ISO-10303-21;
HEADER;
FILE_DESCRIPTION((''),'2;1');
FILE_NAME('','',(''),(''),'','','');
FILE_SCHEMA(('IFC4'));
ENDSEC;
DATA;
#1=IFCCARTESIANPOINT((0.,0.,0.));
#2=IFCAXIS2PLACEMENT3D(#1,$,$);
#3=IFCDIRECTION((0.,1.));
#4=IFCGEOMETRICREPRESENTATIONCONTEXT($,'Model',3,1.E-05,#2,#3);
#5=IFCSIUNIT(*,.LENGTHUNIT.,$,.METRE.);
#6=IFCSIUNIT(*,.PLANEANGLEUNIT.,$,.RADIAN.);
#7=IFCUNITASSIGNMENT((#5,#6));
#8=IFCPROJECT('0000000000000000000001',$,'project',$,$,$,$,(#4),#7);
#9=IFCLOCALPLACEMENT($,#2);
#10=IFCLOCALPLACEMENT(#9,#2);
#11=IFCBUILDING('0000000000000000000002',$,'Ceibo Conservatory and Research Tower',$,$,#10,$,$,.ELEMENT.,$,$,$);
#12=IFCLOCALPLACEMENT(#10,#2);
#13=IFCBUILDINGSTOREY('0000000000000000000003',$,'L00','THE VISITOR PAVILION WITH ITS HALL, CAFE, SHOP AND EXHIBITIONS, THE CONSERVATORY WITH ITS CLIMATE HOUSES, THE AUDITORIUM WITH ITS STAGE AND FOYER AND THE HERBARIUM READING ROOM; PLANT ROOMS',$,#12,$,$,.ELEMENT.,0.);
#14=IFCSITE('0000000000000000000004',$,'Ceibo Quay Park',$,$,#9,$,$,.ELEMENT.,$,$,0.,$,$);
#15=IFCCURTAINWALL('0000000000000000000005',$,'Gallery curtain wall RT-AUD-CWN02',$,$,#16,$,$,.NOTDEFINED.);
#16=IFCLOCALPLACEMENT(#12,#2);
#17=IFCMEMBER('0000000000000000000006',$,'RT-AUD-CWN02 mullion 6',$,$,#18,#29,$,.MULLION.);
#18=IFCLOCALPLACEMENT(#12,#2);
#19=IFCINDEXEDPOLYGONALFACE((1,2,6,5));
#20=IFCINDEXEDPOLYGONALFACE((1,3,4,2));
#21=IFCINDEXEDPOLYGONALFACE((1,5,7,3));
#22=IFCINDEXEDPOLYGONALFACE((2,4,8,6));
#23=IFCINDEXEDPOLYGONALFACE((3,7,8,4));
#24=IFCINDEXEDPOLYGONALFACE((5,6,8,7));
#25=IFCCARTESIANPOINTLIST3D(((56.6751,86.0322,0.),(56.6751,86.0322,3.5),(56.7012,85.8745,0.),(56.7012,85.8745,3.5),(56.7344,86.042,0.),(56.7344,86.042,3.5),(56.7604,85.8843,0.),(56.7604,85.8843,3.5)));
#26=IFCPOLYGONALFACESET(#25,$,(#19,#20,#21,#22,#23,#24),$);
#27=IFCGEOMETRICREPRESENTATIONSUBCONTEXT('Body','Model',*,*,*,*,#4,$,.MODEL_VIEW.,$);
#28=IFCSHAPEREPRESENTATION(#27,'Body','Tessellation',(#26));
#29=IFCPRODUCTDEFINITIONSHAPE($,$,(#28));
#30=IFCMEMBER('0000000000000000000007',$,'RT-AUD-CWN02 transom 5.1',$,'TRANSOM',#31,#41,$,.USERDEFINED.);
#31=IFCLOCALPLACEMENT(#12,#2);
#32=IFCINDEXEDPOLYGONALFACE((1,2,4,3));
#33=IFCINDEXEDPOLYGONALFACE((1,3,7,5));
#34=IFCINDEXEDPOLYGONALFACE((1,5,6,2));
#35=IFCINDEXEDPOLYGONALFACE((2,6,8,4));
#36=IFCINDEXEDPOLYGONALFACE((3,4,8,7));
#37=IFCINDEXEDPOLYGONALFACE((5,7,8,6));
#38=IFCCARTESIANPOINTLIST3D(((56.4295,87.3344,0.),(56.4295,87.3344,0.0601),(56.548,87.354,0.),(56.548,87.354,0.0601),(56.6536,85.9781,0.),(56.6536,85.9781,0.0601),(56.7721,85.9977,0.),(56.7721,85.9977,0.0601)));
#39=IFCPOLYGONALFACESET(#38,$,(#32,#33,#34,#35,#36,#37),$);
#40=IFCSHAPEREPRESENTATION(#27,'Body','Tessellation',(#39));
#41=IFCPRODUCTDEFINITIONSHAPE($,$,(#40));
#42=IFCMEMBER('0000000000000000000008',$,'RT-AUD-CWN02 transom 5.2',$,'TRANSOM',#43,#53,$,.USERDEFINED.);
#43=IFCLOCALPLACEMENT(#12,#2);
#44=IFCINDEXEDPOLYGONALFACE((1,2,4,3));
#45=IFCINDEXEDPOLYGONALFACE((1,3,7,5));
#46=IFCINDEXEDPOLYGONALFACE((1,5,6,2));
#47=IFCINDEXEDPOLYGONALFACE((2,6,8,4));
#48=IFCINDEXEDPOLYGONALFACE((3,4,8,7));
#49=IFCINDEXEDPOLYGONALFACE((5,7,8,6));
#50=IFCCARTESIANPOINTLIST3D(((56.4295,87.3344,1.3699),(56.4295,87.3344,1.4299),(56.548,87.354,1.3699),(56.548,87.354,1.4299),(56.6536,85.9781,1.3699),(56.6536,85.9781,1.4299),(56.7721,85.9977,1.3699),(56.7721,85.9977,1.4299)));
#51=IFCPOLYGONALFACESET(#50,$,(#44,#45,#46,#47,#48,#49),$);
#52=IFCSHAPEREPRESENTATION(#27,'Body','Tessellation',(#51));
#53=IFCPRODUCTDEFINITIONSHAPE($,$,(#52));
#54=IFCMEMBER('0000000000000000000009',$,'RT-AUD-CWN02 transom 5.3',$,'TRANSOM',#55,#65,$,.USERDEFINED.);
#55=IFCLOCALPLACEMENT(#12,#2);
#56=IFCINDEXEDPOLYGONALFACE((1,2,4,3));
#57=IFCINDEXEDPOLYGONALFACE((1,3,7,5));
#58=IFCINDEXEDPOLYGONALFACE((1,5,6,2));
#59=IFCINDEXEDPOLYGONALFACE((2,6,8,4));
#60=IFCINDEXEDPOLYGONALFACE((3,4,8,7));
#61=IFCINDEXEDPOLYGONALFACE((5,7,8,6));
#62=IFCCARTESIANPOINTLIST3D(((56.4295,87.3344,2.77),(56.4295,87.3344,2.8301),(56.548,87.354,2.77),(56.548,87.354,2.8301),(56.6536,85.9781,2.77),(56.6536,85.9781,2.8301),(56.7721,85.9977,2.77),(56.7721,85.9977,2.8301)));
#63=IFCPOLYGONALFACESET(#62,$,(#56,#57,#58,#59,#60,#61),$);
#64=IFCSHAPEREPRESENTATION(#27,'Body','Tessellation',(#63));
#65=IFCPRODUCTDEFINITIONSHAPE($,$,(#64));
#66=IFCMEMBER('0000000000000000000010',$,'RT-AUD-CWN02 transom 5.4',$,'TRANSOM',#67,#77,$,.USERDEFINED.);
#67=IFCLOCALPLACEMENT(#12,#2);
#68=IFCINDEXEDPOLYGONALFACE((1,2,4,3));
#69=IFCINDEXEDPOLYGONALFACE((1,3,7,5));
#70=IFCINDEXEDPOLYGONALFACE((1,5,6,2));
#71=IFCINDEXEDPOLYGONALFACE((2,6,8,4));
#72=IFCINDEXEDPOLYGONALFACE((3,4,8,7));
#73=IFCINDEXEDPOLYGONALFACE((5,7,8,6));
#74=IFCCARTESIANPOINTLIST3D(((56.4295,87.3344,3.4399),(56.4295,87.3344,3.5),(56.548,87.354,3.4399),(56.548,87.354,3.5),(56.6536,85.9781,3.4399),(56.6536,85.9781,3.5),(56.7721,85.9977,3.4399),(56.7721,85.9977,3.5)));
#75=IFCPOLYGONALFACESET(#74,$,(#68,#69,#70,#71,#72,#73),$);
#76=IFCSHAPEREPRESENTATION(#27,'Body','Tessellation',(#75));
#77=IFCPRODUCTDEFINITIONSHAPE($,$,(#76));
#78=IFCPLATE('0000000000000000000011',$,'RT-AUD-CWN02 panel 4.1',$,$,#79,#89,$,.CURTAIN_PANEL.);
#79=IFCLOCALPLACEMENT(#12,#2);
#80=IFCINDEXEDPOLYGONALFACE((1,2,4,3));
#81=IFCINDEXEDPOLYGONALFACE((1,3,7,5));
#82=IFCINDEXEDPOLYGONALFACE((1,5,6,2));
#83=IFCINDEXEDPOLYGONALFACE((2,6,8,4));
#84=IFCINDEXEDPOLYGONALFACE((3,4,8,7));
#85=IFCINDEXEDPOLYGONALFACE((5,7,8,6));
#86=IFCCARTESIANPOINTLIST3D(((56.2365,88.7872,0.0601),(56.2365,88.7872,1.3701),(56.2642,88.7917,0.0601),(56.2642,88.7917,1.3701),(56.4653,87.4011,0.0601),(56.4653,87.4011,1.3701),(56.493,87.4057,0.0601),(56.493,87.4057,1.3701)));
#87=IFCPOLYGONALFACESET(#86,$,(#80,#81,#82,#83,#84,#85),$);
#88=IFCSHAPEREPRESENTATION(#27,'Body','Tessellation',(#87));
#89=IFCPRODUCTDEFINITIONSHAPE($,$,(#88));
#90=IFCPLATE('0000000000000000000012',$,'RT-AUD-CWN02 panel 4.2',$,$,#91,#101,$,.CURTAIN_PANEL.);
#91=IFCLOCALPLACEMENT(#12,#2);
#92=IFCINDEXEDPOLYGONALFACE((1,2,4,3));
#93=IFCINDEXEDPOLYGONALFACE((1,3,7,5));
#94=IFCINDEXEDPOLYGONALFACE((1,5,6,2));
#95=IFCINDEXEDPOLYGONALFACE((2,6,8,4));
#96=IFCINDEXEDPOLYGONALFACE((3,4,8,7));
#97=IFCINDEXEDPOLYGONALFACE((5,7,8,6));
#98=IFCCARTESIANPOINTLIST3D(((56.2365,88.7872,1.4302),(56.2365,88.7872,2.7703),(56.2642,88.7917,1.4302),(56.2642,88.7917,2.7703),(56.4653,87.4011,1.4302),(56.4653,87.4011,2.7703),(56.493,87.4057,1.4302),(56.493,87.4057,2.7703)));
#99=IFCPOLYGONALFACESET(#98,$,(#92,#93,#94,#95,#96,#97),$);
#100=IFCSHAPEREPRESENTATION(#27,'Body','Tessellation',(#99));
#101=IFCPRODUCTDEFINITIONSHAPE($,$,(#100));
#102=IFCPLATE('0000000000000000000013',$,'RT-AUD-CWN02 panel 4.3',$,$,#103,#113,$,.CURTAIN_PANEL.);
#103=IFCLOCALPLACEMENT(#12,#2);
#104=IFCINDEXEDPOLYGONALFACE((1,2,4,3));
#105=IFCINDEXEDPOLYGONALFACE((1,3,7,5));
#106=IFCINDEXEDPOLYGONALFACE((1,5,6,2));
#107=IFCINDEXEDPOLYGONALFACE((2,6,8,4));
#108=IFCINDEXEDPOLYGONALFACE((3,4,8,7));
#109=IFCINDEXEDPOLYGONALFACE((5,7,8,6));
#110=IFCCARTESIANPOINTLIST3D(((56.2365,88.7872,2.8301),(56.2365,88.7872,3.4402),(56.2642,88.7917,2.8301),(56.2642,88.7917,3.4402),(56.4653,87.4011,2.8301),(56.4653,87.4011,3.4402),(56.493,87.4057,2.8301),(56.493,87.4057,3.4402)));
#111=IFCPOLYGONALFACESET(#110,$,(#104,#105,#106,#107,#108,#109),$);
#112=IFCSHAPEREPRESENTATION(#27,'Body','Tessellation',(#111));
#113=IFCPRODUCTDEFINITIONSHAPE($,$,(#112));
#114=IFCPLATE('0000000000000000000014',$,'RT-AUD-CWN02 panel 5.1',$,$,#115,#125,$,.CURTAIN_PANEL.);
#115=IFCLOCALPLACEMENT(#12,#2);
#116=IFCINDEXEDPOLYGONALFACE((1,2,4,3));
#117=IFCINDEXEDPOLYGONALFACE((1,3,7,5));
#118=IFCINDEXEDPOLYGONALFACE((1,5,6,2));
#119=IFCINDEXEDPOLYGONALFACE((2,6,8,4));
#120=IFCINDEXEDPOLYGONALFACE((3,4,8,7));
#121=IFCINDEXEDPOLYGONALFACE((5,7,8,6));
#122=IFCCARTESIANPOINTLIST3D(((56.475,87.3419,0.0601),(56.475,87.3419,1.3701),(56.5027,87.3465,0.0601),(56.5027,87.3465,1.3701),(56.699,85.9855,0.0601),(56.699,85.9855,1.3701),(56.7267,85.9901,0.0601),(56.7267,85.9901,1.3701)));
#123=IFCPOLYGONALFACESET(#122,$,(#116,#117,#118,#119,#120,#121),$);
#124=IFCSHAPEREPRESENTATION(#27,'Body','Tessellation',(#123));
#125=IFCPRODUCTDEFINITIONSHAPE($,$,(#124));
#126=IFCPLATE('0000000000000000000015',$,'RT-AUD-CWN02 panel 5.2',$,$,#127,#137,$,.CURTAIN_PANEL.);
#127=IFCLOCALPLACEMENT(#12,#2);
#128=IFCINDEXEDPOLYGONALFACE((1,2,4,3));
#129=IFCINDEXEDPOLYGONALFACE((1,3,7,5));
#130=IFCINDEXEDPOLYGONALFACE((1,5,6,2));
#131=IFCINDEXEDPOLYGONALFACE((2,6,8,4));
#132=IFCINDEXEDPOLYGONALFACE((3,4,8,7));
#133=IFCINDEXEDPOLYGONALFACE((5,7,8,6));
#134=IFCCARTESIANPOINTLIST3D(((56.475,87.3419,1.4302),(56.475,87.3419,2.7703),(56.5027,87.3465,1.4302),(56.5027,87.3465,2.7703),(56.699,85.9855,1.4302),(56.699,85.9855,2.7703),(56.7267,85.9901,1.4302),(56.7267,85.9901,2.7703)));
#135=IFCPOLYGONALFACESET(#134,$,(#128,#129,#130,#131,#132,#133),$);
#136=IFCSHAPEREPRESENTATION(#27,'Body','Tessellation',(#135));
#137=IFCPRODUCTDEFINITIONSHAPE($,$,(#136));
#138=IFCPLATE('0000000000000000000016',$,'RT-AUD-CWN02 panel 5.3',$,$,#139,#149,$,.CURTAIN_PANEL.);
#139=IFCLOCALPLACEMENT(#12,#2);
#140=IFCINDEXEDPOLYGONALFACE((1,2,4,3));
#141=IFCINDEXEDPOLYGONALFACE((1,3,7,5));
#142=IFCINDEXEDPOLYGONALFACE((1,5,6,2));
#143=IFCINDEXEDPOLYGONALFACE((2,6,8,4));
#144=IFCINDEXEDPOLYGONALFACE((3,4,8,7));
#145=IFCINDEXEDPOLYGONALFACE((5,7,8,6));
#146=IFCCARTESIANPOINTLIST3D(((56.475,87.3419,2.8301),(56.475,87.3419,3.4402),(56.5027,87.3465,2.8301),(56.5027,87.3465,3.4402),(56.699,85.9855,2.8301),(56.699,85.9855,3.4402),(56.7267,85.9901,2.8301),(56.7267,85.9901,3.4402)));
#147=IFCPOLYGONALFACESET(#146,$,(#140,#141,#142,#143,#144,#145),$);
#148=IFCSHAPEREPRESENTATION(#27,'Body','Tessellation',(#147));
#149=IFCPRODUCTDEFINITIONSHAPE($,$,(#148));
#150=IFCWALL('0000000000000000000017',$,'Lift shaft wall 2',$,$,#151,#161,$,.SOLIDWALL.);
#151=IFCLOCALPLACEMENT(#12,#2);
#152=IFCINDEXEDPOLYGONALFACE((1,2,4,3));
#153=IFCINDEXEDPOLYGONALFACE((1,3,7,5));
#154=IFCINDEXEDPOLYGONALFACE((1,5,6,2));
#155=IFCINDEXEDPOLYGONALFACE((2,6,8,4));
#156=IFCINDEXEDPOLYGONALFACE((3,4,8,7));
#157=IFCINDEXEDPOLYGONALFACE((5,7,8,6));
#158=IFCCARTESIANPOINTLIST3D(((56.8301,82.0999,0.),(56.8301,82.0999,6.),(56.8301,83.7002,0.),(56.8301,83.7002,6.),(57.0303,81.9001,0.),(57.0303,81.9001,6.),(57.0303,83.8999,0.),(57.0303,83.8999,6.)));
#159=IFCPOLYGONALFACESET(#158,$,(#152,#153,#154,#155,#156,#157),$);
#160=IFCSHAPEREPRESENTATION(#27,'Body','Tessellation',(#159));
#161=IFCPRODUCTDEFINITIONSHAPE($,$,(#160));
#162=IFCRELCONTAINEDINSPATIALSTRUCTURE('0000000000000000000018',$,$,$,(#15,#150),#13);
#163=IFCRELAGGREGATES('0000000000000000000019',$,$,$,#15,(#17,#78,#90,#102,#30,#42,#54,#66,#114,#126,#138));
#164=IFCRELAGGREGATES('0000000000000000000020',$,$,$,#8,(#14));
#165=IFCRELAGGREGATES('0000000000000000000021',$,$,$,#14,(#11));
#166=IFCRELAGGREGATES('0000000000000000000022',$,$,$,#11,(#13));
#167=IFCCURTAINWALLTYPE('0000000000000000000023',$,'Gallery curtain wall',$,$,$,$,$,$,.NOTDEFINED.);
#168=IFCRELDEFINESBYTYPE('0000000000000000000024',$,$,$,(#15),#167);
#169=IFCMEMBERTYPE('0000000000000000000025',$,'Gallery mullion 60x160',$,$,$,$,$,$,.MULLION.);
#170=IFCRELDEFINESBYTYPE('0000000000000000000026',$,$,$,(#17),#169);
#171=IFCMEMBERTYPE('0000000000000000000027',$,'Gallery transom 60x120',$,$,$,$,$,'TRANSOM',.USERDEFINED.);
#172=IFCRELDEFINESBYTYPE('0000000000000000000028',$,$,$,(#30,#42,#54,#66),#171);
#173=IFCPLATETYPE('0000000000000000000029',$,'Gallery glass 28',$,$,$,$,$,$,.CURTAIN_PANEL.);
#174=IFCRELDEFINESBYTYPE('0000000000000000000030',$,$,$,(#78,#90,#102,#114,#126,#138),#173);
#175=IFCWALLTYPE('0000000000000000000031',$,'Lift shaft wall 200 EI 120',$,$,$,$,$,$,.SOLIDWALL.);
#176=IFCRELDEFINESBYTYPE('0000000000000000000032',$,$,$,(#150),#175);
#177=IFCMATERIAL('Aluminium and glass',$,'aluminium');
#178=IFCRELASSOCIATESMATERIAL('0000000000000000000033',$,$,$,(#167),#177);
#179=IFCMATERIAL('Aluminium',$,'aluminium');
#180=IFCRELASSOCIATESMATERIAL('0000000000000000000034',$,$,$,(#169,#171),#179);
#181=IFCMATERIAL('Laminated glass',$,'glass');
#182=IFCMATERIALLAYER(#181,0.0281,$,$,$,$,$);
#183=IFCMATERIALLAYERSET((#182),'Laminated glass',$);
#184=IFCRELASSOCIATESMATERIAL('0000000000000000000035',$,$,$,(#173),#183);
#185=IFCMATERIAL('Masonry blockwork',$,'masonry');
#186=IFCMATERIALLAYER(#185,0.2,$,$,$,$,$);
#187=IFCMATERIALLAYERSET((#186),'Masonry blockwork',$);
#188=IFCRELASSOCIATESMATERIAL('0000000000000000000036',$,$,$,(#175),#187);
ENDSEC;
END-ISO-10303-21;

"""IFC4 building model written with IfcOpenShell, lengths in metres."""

from ifc_helpers import new_model, si_unit, direction, frame, origin, origin_2d, place, context, subcontext, project, spatial, polyline, rectangle, outline, extrude, material, layer, layer_set, material_profile, profile_set, type_object, element, aggregate, save


model = new_model("IFC4")

# Units and contexts
model_context = context("Model", 3, precision=1e-05, world=origin(), true_north=direction((0.0, 1.0)))
body_context = subcontext(model_context, "Body", "Model", "MODEL_VIEW")
ifc_project = project(units=[si_unit("LENGTHUNIT", "METRE"), si_unit("PLANEANGLEUNIT", "RADIAN")], contexts=[model_context])

# Site, building, storey
site_placement = place(None, origin())
site = spatial("IfcSite", under=ifc_project, at=site_placement, Name="Ceibo Quay Park", CompositionType="ELEMENT", RefElevation=0.0)
building_placement = place(site_placement, origin())
building = spatial("IfcBuilding", under=site, at=building_placement, Name="Ceibo Conservatory and Research Tower", CompositionType="ELEMENT")
storey_placement = place(building_placement, origin())
storey = spatial("IfcBuildingStorey", under=building, at=storey_placement, Name="L00", Description="THE VISITOR PAVILION WITH ITS HALL, CAFE, SHOP AND EXHIBITIONS, THE CONSERVATORY WITH ITS CLIMATE HOUSES, THE AUDITORIUM WITH ITS STAGE AND FOYER AND THE HERBARIUM READING ROOM; PLANT ROOMS", CompositionType="ELEMENT", Elevation=0.0)

# Curtain wall, members, plates
ifc_material_1 = material(Name="Aluminium and glass", Category="aluminium")
curtain_wall_type = type_object("IfcCurtainWallType", Name="Gallery curtain wall", PredefinedType="NOTDEFINED", material=ifc_material_1)
curtain_wall_placement = place(storey_placement, origin())
curtain_wall = element("IfcCurtainWall", 1, at=curtain_wall_placement, inside=storey, type_object=curtain_wall_type, Name="Gallery curtain wall RT-AUD-CWN02", PredefinedType="NOTDEFINED")
ifc_material_2 = material(Name="Aluminium", Category="aluminium")
ifc_material_profile_1 = material_profile(ifc_material_2, rectangle(XDim=0.0601, YDim=0.1599, at=origin_2d()), Name="AL 60x160")
ifc_profile_set_1 = profile_set([ifc_material_profile_1], Name="Aluminium")
member_type_1 = type_object("IfcMemberType", Name="Gallery mullion 60x160", PredefinedType="MULLION", material=ifc_profile_set_1)
member_1_placement = place(storey_placement, frame((56.7178, 85.9583, 0.0), z_axis=(0.0, 0.0, 1.0), x_axis=(0.986643, 0.162895, 0.0)))
member_1 = element("IfcMember", 2, at=member_1_placement, type_object=member_type_1, Name="RT-AUD-CWN02 mullion 6", PredefinedType="MULLION", context=body_context, shape_type="SweptSolid", body=[
    extrude(rectangle(XDim=0.0601, YDim=0.1599, at=origin_2d()), origin(), (0.0, 0.0, 1.0), 3.5),
])
ifc_material_profile_2 = material_profile(ifc_material_2, rectangle(XDim=0.1201, YDim=0.0601, at=origin_2d()), Name="AL 60x120")
ifc_profile_set_2 = profile_set([ifc_material_profile_2], Name="Aluminium")
member_type_2 = type_object("IfcMemberType", Name="Gallery transom 60x120", ElementType="TRANSOM", PredefinedType="USERDEFINED", material=ifc_profile_set_2)
member_2_placement = place(storey_placement, frame((56.4888, 87.3442, 0.03), z_axis=(0.163017, -0.986623, 0.0), x_axis=(0.986623, 0.163017, 0.0)))
member_2 = element("IfcMember", 3, at=member_2_placement, type_object=member_type_2, Name="RT-AUD-CWN02 transom 5.1", ObjectType="TRANSOM", PredefinedType="USERDEFINED", context=body_context, shape_type="SweptSolid", body=[
    extrude(rectangle(XDim=0.1201, YDim=0.0601, at=origin_2d()), origin(), (0.0, 0.0, 1.0), 1.3748),
])
member_3_placement = place(storey_placement, frame((56.4888, 87.3442, 1.3999), z_axis=(0.163017, -0.986623, 0.0), x_axis=(0.986623, 0.163017, 0.0)))
member_3 = element("IfcMember", 4, at=member_3_placement, type_object=member_type_2, Name="RT-AUD-CWN02 transom 5.2", ObjectType="TRANSOM", PredefinedType="USERDEFINED", context=body_context, shape_type="SweptSolid", body=[
    extrude(rectangle(XDim=0.1201, YDim=0.0601, at=origin_2d()), origin(), (0.0, 0.0, 1.0), 1.3748),
])
member_4_placement = place(storey_placement, frame((56.4888, 87.3442, 2.8), z_axis=(0.163017, -0.986623, 0.0), x_axis=(0.986623, 0.163017, 0.0)))
member_4 = element("IfcMember", 5, at=member_4_placement, type_object=member_type_2, Name="RT-AUD-CWN02 transom 5.3", ObjectType="TRANSOM", PredefinedType="USERDEFINED", context=body_context, shape_type="SweptSolid", body=[
    extrude(rectangle(XDim=0.1201, YDim=0.0601, at=origin_2d()), origin(), (0.0, 0.0, 1.0), 1.3748),
])
member_5_placement = place(storey_placement, frame((56.4888, 87.3442, 3.47), z_axis=(0.163017, -0.986623, 0.0), x_axis=(0.986623, 0.163017, 0.0)))
member_5 = element("IfcMember", 6, at=member_5_placement, type_object=member_type_2, Name="RT-AUD-CWN02 transom 5.4", ObjectType="TRANSOM", PredefinedType="USERDEFINED", context=body_context, shape_type="SweptSolid", body=[
    extrude(rectangle(XDim=0.1201, YDim=0.0601, at=origin_2d()), origin(), (0.0, 0.0, 1.0), 1.3748),
])
ifc_material_3 = material(Name="Laminated glass", Category="glass")
ifc_layer_1 = layer(ifc_material_3, 0.0281)
ifc_layer_set_1 = layer_set([ifc_layer_1], Name="Laminated glass")
plate_type = type_object("IfcPlateType", Name="Gallery glass 28", PredefinedType="CURTAIN_PANEL", material=ifc_layer_set_1)
plate_1_placement = place(storey_placement, frame((56.3647, 88.0964, 0.0601), z_axis=(0.0, 0.0, 1.0), x_axis=(0.162895, -0.986643, 0.0)))
plate_1 = element("IfcPlate", 7, at=plate_1_placement, type_object=plate_type, Name="RT-AUD-CWN02 panel 4.1", PredefinedType="CURTAIN_PANEL", context=body_context, shape_type="SweptSolid", body=[
    extrude(rectangle(XDim=1.4048, YDim=0.0281, at=origin_2d()), origin(), (0.0, 0.0, 1.0), 1.3101),
])
plate_2_placement = place(storey_placement, frame((56.3647, 88.0964, 1.4302), z_axis=(0.0, 0.0, 1.0), x_axis=(0.162895, -0.986643, 0.0)))
plate_2 = element("IfcPlate", 8, at=plate_2_placement, type_object=plate_type, Name="RT-AUD-CWN02 panel 4.2", PredefinedType="CURTAIN_PANEL", context=body_context, shape_type="SweptSolid", body=[
    extrude(rectangle(XDim=1.4048, YDim=0.0281, at=origin_2d()), origin(), (0.0, 0.0, 1.0), 1.3401),
])
plate_3_placement = place(storey_placement, frame((56.3647, 88.0964, 2.8301), z_axis=(0.0, 0.0, 1.0), x_axis=(0.162895, -0.986643, 0.0)))
plate_3 = element("IfcPlate", 9, at=plate_3_placement, type_object=plate_type, Name="RT-AUD-CWN02 panel 4.3", PredefinedType="CURTAIN_PANEL", context=body_context, shape_type="SweptSolid", body=[
    extrude(rectangle(XDim=1.4048, YDim=0.0281, at=origin_2d()), origin(), (0.0, 0.0, 1.0), 0.6101),
])
plate_4_placement = place(storey_placement, frame((56.6008, 86.666, 0.0601), z_axis=(0.0, 0.0, 1.0), x_axis=(0.162895, -0.986643, 0.0)))
plate_4 = element("IfcPlate", 10, at=plate_4_placement, type_object=plate_type, Name="RT-AUD-CWN02 panel 5.1", PredefinedType="CURTAIN_PANEL", context=body_context, shape_type="SweptSolid", body=[
    extrude(rectangle(XDim=1.3748, YDim=0.0281, at=origin_2d()), origin(), (0.0, 0.0, 1.0), 1.3101),
])
plate_5_placement = place(storey_placement, frame((56.6008, 86.666, 1.4302), z_axis=(0.0, 0.0, 1.0), x_axis=(0.162895, -0.986643, 0.0)))
plate_5 = element("IfcPlate", 11, at=plate_5_placement, type_object=plate_type, Name="RT-AUD-CWN02 panel 5.2", PredefinedType="CURTAIN_PANEL", context=body_context, shape_type="SweptSolid", body=[
    extrude(rectangle(XDim=1.3748, YDim=0.0281, at=origin_2d()), origin(), (0.0, 0.0, 1.0), 1.3401),
])
plate_6_placement = place(storey_placement, frame((56.6008, 86.666, 2.8301), z_axis=(0.0, 0.0, 1.0), x_axis=(0.162895, -0.986643, 0.0)))
plate_6 = element("IfcPlate", 12, at=plate_6_placement, type_object=plate_type, Name="RT-AUD-CWN02 panel 5.3", PredefinedType="CURTAIN_PANEL", context=body_context, shape_type="SweptSolid", body=[
    extrude(rectangle(XDim=1.3748, YDim=0.0281, at=origin_2d()), origin(), (0.0, 0.0, 1.0), 0.6101),
])
aggregate(curtain_wall, [member_1, plate_1, plate_2, plate_3, member_2, member_3, member_4, member_5, plate_4, plate_5, plate_6])

# Wall
ifc_material_4 = material(Name="Masonry blockwork", Category="masonry")
ifc_layer_2 = layer(ifc_material_4, 0.2)
ifc_layer_set_2 = layer_set([ifc_layer_2], Name="Masonry blockwork")
wall_type_1 = type_object("IfcWallType", Name="Lift shaft wall 200 EI 120", PredefinedType="SOLIDWALL", material=ifc_layer_set_2)
wall_1_placement = place(storey_placement, frame((56.9302, 82.0, 0.0), z_axis=(0.0, 0.0, 1.0), x_axis=(0.0, 1.0, 0.0)))
element("IfcWall", 13, at=wall_1_placement, inside=storey, type_object=wall_type_1, Name="Lift shaft wall 2", PredefinedType="SOLIDWALL", context=body_context, shape_type="SweptSolid", body=[
    extrude(outline(polyline([(-0.0999, -0.1001), (1.8999, -0.1001), (1.7002, 0.1001), (0.0999, 0.1001), (-0.0999, -0.1001)])), origin(), (0.0, 0.0, 1.0), 6.0),
])

save(model, "model.ifc")
